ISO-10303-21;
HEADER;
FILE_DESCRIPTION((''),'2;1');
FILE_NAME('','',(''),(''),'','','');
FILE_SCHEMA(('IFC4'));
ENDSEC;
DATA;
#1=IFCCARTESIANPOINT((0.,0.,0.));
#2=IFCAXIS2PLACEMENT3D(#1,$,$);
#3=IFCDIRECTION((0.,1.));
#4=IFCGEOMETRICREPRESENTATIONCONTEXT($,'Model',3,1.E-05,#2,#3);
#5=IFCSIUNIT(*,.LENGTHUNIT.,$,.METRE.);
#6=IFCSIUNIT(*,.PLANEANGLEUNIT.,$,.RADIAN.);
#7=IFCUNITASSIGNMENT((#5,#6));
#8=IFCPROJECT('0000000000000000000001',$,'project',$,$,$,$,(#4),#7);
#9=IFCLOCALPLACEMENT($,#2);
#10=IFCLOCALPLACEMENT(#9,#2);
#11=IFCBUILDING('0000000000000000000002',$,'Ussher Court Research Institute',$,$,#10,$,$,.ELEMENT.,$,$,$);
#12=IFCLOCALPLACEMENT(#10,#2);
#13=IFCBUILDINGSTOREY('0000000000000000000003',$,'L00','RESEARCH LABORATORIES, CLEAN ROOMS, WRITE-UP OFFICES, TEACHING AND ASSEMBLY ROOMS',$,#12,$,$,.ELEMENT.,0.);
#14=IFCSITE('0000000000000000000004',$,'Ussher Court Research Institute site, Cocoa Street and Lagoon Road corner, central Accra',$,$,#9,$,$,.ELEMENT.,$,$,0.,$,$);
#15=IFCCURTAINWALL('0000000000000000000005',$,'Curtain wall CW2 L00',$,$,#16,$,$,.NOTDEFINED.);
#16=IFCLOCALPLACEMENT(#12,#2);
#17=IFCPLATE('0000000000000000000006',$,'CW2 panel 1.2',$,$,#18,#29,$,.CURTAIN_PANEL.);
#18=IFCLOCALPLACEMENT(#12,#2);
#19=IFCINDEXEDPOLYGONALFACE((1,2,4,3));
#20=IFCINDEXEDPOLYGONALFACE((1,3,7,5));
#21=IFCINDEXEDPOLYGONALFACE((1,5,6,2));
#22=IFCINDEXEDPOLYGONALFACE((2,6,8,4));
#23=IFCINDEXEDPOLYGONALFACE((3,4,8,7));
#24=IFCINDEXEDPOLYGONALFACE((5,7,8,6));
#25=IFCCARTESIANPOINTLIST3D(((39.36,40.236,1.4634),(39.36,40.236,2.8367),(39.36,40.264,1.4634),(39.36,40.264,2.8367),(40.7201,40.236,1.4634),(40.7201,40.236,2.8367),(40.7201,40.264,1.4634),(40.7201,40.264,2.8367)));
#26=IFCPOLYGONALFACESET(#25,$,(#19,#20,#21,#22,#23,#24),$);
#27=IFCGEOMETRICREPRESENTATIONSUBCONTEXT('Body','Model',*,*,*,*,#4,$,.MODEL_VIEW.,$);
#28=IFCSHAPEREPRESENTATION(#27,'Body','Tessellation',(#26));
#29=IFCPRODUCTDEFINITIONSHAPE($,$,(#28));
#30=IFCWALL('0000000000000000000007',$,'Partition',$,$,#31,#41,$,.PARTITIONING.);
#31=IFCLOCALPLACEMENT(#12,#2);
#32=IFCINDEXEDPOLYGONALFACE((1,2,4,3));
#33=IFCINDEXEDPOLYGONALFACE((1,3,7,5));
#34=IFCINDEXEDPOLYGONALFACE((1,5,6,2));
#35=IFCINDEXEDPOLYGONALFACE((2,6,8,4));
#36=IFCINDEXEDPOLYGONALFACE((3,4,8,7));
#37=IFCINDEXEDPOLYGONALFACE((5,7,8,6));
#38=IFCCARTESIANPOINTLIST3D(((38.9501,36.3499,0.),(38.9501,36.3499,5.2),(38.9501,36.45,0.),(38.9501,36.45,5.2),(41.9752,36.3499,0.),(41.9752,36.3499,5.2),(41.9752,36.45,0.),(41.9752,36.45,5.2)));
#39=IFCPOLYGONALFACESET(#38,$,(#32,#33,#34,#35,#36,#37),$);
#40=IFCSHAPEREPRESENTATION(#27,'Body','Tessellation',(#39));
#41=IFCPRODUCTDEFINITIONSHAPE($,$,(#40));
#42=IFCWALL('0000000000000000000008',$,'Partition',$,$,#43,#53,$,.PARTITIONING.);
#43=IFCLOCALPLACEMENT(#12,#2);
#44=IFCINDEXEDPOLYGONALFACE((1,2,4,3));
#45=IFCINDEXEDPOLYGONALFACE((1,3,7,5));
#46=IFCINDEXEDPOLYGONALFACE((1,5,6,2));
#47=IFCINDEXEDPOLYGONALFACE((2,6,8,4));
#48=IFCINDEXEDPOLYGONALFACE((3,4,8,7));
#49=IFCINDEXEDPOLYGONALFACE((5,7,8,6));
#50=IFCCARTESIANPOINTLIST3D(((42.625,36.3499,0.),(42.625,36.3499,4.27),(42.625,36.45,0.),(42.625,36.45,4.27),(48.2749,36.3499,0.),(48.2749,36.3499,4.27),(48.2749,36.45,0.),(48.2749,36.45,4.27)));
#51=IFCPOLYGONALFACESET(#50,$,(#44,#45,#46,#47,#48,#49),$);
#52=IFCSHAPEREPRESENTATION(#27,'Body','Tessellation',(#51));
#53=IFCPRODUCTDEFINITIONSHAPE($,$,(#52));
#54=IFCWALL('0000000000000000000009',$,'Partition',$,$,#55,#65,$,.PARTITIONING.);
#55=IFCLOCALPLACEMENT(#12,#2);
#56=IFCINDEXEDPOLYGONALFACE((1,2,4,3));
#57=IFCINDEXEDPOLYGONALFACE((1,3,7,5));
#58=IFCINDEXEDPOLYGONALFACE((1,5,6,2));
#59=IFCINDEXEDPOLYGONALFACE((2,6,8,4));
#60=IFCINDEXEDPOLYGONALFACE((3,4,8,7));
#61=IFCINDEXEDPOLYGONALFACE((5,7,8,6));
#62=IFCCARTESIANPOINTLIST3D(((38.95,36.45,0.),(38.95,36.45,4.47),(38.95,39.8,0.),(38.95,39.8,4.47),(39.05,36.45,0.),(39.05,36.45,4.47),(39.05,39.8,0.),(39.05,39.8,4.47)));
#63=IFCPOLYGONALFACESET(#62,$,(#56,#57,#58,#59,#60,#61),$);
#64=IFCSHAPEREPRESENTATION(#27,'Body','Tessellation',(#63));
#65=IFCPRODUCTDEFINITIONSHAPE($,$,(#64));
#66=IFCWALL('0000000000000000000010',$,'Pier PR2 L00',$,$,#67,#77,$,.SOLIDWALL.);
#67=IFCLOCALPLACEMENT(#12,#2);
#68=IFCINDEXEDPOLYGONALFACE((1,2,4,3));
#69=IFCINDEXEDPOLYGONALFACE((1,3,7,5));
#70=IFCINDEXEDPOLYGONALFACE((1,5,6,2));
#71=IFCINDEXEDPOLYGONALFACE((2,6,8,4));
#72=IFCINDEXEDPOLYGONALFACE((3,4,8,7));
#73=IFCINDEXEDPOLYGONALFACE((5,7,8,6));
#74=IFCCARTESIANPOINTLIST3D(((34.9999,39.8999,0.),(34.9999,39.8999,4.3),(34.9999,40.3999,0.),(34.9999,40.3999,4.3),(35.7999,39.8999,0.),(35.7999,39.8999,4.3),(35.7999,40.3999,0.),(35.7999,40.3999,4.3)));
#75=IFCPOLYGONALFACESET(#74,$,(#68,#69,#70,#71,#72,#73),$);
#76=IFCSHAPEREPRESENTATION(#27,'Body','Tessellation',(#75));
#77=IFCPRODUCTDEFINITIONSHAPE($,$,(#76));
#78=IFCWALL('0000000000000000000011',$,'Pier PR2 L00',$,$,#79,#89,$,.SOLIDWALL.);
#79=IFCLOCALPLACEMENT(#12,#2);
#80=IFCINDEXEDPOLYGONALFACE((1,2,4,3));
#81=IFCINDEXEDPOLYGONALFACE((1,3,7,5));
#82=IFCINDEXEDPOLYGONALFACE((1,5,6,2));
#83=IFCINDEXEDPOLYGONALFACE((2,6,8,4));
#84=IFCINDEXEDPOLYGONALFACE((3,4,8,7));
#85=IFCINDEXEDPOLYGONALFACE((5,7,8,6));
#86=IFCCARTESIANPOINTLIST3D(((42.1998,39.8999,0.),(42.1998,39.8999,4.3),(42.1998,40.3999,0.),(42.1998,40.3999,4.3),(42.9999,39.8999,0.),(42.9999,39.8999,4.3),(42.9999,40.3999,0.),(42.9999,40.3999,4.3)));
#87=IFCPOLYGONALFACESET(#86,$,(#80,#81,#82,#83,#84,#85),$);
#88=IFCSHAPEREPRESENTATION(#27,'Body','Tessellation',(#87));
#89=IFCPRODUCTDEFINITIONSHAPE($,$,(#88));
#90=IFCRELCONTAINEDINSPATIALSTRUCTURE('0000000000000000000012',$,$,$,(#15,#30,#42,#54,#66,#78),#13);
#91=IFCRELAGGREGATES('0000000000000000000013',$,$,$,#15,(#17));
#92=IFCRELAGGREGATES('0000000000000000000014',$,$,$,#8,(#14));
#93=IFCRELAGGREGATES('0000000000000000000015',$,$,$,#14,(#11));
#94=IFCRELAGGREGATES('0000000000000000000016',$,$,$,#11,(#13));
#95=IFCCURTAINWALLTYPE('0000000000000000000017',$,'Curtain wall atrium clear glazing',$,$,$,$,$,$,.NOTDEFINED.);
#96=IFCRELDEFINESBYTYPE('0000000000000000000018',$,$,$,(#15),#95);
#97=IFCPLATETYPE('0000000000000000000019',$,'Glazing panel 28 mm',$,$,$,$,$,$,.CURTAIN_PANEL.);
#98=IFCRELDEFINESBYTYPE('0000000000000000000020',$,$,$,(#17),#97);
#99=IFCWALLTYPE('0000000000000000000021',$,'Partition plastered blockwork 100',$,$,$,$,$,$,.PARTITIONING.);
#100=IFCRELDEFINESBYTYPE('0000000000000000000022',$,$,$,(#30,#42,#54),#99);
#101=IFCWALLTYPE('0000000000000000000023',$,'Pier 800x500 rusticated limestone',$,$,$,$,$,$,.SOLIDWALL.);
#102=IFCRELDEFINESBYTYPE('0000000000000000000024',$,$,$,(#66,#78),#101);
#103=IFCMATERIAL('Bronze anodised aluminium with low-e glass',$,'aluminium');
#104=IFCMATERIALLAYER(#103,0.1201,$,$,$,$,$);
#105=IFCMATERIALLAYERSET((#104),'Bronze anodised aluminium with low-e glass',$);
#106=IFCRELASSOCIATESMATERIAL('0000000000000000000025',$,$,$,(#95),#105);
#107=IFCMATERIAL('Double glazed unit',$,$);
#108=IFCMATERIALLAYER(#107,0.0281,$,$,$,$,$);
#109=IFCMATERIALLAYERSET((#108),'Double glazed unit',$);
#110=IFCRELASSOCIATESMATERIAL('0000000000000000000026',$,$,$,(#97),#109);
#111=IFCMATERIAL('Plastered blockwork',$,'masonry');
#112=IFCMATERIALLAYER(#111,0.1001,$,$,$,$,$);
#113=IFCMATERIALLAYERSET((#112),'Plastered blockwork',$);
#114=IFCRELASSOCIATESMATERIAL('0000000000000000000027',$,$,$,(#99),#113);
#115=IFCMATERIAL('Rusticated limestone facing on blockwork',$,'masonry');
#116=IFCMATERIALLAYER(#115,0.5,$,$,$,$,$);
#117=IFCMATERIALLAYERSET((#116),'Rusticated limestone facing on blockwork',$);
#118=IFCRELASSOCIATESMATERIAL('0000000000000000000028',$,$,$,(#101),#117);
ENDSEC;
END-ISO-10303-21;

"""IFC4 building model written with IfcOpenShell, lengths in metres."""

from ifc_helpers import new_model, si_unit, direction, frame, frame_2d, origin, origin_2d, place, context, subcontext, project, spatial, rectangle, extrude, material, layer, layer_set, type_object, element, aggregate, save


model = new_model("IFC4")

# Units and contexts
model_context = context("Model", 3, precision=1e-05, world=origin(), true_north=direction((0.0, 1.0)))
body_context = subcontext(model_context, "Body", "Model", "MODEL_VIEW")
ifc_project = project(units=[si_unit("LENGTHUNIT", "METRE"), si_unit("PLANEANGLEUNIT", "RADIAN")], contexts=[model_context])

# Site, building, storey
site_placement = place(None, origin())
site = spatial("IfcSite", under=ifc_project, at=site_placement, Name="Ussher Court Research Institute site, Cocoa Street and Lagoon Road corner, central Accra", CompositionType="ELEMENT", RefElevation=0.0)
building_placement = place(site_placement, origin())
building = spatial("IfcBuilding", under=site, at=building_placement, Name="Ussher Court Research Institute", CompositionType="ELEMENT")
storey_placement = place(building_placement, origin())
storey = spatial("IfcBuildingStorey", under=building, at=storey_placement, Name="L00", Description="RESEARCH LABORATORIES, CLEAN ROOMS, WRITE-UP OFFICES, TEACHING AND ASSEMBLY ROOMS", CompositionType="ELEMENT", Elevation=0.0)

# Curtain wall, plate
ifc_material_1 = material(Name="Bronze anodised aluminium with low-e glass", Category="aluminium")
ifc_layer_1 = layer(ifc_material_1, 0.1201)
ifc_layer_set_1 = layer_set([ifc_layer_1], Name="Bronze anodised aluminium with low-e glass")
curtain_wall_type = type_object("IfcCurtainWallType", Name="Curtain wall atrium clear glazing", PredefinedType="NOTDEFINED", material=ifc_layer_set_1)
curtain_wall_placement = place(storey_placement, origin())
curtain_wall = element("IfcCurtainWall", 1, at=curtain_wall_placement, inside=storey, type_object=curtain_wall_type, Name="Curtain wall CW2 L00", PredefinedType="NOTDEFINED")
ifc_material_2 = material(Name="Double glazed unit")
ifc_layer_2 = layer(ifc_material_2, 0.0281)
ifc_layer_set_2 = layer_set([ifc_layer_2], Name="Double glazed unit")
plate_type = type_object("IfcPlateType", Name="Glazing panel 28 mm", PredefinedType="CURTAIN_PANEL", material=ifc_layer_set_2)
plate_1_placement = place(storey_placement, frame((40.04, 40.25, 1.4634), z_axis=(0.0, 0.0, 1.0), x_axis=(1.0, 0.0, 0.0)))
plate_1 = element("IfcPlate", 2, at=plate_1_placement, type_object=plate_type, Name="CW2 panel 1.2", PredefinedType="CURTAIN_PANEL", context=body_context, shape_type="SweptSolid", body=[
    extrude(rectangle(XDim=1.3601, YDim=0.0281, at=origin_2d()), origin(), (0.0, 0.0, 1.0), 1.3733),
])
aggregate(curtain_wall, [plate_1])

# Walls
ifc_material_3 = material(Name="Plastered blockwork", Category="masonry")
ifc_layer_3 = layer(ifc_material_3, 0.1001)
ifc_layer_set_3 = layer_set([ifc_layer_3], Name="Plastered blockwork")
wall_type_1 = type_object("IfcWallType", Name="Partition plastered blockwork 100", PredefinedType="PARTITIONING", material=ifc_layer_set_3)
wall_1_placement = place(storey_placement, frame((38.95, 36.3999, 0.0), z_axis=(0.0, 0.0, 1.0), x_axis=(1.0, 0.0, 0.0)))
element("IfcWall", 3, at=wall_1_placement, inside=storey, type_object=wall_type_1, Name="Partition", PredefinedType="PARTITIONING", context=body_context, shape_type="SweptSolid", body=[
    extrude(rectangle(XDim=3.0251, YDim=0.1001, at=frame_2d((1.5127, 0.0))), origin(), (0.0, 0.0, 1.0), 5.2),
])
wall_2_placement = place(storey_placement, frame((42.625, 36.3999, 0.0), z_axis=(0.0, 0.0, 1.0), x_axis=(1.0, 0.0, 0.0)))
element("IfcWall", 4, at=wall_2_placement, inside=storey, type_object=wall_type_1, Name="Partition", PredefinedType="PARTITIONING", context=body_context, shape_type="SweptSolid", body=[
    extrude(rectangle(XDim=5.6499, YDim=0.1001, at=frame_2d((2.825, 0.0))), origin(), (0.0, 0.0, 1.0), 4.27),
])
wall_3_placement = place(storey_placement, frame((39.0, 36.45, 0.0), z_axis=(0.0, 0.0, 1.0), x_axis=(0.0, 1.0, 0.0)))
element("IfcWall", 5, at=wall_3_placement, inside=storey, type_object=wall_type_1, Name="Partition", PredefinedType="PARTITIONING", context=body_context, shape_type="SweptSolid", body=[
    extrude(rectangle(XDim=3.3501, YDim=0.1001, at=frame_2d((1.675, 0.0))), origin(), (0.0, 0.0, 1.0), 4.47),
])
ifc_material_4 = material(Name="Rusticated limestone facing on blockwork", Category="masonry")
ifc_layer_4 = layer(ifc_material_4, 0.5)
ifc_layer_set_4 = layer_set([ifc_layer_4], Name="Rusticated limestone facing on blockwork")
wall_type_2 = type_object("IfcWallType", Name="Pier 800x500 rusticated limestone", PredefinedType="SOLIDWALL", material=ifc_layer_set_4)
for number, where, z_axis, x_axis, name in (
    (6, (35.0, 40.1499, 0.0), (0.0, 0.0, 1.0), (1.0, 0.0, 0.0), "Pier PR2 L00"),
    (7, (42.2, 40.1499, 0.0), (0.0, 0.0, 1.0), (1.0, 0.0, 0.0), "Pier PR2 L00"),
):
    element("IfcWall", number, at=place(storey_placement, frame(where, z_axis=z_axis, x_axis=x_axis)), inside=storey, type_object=wall_type_2, Name=name, PredefinedType="SOLIDWALL", context=body_context, shape_type="SweptSolid", body=[
        extrude(rectangle(XDim=0.8, YDim=0.5, at=frame_2d((0.3999, 0.0))), origin(), (0.0, 0.0, 1.0), 4.3),
    ])

save(model, "model.ifc")
